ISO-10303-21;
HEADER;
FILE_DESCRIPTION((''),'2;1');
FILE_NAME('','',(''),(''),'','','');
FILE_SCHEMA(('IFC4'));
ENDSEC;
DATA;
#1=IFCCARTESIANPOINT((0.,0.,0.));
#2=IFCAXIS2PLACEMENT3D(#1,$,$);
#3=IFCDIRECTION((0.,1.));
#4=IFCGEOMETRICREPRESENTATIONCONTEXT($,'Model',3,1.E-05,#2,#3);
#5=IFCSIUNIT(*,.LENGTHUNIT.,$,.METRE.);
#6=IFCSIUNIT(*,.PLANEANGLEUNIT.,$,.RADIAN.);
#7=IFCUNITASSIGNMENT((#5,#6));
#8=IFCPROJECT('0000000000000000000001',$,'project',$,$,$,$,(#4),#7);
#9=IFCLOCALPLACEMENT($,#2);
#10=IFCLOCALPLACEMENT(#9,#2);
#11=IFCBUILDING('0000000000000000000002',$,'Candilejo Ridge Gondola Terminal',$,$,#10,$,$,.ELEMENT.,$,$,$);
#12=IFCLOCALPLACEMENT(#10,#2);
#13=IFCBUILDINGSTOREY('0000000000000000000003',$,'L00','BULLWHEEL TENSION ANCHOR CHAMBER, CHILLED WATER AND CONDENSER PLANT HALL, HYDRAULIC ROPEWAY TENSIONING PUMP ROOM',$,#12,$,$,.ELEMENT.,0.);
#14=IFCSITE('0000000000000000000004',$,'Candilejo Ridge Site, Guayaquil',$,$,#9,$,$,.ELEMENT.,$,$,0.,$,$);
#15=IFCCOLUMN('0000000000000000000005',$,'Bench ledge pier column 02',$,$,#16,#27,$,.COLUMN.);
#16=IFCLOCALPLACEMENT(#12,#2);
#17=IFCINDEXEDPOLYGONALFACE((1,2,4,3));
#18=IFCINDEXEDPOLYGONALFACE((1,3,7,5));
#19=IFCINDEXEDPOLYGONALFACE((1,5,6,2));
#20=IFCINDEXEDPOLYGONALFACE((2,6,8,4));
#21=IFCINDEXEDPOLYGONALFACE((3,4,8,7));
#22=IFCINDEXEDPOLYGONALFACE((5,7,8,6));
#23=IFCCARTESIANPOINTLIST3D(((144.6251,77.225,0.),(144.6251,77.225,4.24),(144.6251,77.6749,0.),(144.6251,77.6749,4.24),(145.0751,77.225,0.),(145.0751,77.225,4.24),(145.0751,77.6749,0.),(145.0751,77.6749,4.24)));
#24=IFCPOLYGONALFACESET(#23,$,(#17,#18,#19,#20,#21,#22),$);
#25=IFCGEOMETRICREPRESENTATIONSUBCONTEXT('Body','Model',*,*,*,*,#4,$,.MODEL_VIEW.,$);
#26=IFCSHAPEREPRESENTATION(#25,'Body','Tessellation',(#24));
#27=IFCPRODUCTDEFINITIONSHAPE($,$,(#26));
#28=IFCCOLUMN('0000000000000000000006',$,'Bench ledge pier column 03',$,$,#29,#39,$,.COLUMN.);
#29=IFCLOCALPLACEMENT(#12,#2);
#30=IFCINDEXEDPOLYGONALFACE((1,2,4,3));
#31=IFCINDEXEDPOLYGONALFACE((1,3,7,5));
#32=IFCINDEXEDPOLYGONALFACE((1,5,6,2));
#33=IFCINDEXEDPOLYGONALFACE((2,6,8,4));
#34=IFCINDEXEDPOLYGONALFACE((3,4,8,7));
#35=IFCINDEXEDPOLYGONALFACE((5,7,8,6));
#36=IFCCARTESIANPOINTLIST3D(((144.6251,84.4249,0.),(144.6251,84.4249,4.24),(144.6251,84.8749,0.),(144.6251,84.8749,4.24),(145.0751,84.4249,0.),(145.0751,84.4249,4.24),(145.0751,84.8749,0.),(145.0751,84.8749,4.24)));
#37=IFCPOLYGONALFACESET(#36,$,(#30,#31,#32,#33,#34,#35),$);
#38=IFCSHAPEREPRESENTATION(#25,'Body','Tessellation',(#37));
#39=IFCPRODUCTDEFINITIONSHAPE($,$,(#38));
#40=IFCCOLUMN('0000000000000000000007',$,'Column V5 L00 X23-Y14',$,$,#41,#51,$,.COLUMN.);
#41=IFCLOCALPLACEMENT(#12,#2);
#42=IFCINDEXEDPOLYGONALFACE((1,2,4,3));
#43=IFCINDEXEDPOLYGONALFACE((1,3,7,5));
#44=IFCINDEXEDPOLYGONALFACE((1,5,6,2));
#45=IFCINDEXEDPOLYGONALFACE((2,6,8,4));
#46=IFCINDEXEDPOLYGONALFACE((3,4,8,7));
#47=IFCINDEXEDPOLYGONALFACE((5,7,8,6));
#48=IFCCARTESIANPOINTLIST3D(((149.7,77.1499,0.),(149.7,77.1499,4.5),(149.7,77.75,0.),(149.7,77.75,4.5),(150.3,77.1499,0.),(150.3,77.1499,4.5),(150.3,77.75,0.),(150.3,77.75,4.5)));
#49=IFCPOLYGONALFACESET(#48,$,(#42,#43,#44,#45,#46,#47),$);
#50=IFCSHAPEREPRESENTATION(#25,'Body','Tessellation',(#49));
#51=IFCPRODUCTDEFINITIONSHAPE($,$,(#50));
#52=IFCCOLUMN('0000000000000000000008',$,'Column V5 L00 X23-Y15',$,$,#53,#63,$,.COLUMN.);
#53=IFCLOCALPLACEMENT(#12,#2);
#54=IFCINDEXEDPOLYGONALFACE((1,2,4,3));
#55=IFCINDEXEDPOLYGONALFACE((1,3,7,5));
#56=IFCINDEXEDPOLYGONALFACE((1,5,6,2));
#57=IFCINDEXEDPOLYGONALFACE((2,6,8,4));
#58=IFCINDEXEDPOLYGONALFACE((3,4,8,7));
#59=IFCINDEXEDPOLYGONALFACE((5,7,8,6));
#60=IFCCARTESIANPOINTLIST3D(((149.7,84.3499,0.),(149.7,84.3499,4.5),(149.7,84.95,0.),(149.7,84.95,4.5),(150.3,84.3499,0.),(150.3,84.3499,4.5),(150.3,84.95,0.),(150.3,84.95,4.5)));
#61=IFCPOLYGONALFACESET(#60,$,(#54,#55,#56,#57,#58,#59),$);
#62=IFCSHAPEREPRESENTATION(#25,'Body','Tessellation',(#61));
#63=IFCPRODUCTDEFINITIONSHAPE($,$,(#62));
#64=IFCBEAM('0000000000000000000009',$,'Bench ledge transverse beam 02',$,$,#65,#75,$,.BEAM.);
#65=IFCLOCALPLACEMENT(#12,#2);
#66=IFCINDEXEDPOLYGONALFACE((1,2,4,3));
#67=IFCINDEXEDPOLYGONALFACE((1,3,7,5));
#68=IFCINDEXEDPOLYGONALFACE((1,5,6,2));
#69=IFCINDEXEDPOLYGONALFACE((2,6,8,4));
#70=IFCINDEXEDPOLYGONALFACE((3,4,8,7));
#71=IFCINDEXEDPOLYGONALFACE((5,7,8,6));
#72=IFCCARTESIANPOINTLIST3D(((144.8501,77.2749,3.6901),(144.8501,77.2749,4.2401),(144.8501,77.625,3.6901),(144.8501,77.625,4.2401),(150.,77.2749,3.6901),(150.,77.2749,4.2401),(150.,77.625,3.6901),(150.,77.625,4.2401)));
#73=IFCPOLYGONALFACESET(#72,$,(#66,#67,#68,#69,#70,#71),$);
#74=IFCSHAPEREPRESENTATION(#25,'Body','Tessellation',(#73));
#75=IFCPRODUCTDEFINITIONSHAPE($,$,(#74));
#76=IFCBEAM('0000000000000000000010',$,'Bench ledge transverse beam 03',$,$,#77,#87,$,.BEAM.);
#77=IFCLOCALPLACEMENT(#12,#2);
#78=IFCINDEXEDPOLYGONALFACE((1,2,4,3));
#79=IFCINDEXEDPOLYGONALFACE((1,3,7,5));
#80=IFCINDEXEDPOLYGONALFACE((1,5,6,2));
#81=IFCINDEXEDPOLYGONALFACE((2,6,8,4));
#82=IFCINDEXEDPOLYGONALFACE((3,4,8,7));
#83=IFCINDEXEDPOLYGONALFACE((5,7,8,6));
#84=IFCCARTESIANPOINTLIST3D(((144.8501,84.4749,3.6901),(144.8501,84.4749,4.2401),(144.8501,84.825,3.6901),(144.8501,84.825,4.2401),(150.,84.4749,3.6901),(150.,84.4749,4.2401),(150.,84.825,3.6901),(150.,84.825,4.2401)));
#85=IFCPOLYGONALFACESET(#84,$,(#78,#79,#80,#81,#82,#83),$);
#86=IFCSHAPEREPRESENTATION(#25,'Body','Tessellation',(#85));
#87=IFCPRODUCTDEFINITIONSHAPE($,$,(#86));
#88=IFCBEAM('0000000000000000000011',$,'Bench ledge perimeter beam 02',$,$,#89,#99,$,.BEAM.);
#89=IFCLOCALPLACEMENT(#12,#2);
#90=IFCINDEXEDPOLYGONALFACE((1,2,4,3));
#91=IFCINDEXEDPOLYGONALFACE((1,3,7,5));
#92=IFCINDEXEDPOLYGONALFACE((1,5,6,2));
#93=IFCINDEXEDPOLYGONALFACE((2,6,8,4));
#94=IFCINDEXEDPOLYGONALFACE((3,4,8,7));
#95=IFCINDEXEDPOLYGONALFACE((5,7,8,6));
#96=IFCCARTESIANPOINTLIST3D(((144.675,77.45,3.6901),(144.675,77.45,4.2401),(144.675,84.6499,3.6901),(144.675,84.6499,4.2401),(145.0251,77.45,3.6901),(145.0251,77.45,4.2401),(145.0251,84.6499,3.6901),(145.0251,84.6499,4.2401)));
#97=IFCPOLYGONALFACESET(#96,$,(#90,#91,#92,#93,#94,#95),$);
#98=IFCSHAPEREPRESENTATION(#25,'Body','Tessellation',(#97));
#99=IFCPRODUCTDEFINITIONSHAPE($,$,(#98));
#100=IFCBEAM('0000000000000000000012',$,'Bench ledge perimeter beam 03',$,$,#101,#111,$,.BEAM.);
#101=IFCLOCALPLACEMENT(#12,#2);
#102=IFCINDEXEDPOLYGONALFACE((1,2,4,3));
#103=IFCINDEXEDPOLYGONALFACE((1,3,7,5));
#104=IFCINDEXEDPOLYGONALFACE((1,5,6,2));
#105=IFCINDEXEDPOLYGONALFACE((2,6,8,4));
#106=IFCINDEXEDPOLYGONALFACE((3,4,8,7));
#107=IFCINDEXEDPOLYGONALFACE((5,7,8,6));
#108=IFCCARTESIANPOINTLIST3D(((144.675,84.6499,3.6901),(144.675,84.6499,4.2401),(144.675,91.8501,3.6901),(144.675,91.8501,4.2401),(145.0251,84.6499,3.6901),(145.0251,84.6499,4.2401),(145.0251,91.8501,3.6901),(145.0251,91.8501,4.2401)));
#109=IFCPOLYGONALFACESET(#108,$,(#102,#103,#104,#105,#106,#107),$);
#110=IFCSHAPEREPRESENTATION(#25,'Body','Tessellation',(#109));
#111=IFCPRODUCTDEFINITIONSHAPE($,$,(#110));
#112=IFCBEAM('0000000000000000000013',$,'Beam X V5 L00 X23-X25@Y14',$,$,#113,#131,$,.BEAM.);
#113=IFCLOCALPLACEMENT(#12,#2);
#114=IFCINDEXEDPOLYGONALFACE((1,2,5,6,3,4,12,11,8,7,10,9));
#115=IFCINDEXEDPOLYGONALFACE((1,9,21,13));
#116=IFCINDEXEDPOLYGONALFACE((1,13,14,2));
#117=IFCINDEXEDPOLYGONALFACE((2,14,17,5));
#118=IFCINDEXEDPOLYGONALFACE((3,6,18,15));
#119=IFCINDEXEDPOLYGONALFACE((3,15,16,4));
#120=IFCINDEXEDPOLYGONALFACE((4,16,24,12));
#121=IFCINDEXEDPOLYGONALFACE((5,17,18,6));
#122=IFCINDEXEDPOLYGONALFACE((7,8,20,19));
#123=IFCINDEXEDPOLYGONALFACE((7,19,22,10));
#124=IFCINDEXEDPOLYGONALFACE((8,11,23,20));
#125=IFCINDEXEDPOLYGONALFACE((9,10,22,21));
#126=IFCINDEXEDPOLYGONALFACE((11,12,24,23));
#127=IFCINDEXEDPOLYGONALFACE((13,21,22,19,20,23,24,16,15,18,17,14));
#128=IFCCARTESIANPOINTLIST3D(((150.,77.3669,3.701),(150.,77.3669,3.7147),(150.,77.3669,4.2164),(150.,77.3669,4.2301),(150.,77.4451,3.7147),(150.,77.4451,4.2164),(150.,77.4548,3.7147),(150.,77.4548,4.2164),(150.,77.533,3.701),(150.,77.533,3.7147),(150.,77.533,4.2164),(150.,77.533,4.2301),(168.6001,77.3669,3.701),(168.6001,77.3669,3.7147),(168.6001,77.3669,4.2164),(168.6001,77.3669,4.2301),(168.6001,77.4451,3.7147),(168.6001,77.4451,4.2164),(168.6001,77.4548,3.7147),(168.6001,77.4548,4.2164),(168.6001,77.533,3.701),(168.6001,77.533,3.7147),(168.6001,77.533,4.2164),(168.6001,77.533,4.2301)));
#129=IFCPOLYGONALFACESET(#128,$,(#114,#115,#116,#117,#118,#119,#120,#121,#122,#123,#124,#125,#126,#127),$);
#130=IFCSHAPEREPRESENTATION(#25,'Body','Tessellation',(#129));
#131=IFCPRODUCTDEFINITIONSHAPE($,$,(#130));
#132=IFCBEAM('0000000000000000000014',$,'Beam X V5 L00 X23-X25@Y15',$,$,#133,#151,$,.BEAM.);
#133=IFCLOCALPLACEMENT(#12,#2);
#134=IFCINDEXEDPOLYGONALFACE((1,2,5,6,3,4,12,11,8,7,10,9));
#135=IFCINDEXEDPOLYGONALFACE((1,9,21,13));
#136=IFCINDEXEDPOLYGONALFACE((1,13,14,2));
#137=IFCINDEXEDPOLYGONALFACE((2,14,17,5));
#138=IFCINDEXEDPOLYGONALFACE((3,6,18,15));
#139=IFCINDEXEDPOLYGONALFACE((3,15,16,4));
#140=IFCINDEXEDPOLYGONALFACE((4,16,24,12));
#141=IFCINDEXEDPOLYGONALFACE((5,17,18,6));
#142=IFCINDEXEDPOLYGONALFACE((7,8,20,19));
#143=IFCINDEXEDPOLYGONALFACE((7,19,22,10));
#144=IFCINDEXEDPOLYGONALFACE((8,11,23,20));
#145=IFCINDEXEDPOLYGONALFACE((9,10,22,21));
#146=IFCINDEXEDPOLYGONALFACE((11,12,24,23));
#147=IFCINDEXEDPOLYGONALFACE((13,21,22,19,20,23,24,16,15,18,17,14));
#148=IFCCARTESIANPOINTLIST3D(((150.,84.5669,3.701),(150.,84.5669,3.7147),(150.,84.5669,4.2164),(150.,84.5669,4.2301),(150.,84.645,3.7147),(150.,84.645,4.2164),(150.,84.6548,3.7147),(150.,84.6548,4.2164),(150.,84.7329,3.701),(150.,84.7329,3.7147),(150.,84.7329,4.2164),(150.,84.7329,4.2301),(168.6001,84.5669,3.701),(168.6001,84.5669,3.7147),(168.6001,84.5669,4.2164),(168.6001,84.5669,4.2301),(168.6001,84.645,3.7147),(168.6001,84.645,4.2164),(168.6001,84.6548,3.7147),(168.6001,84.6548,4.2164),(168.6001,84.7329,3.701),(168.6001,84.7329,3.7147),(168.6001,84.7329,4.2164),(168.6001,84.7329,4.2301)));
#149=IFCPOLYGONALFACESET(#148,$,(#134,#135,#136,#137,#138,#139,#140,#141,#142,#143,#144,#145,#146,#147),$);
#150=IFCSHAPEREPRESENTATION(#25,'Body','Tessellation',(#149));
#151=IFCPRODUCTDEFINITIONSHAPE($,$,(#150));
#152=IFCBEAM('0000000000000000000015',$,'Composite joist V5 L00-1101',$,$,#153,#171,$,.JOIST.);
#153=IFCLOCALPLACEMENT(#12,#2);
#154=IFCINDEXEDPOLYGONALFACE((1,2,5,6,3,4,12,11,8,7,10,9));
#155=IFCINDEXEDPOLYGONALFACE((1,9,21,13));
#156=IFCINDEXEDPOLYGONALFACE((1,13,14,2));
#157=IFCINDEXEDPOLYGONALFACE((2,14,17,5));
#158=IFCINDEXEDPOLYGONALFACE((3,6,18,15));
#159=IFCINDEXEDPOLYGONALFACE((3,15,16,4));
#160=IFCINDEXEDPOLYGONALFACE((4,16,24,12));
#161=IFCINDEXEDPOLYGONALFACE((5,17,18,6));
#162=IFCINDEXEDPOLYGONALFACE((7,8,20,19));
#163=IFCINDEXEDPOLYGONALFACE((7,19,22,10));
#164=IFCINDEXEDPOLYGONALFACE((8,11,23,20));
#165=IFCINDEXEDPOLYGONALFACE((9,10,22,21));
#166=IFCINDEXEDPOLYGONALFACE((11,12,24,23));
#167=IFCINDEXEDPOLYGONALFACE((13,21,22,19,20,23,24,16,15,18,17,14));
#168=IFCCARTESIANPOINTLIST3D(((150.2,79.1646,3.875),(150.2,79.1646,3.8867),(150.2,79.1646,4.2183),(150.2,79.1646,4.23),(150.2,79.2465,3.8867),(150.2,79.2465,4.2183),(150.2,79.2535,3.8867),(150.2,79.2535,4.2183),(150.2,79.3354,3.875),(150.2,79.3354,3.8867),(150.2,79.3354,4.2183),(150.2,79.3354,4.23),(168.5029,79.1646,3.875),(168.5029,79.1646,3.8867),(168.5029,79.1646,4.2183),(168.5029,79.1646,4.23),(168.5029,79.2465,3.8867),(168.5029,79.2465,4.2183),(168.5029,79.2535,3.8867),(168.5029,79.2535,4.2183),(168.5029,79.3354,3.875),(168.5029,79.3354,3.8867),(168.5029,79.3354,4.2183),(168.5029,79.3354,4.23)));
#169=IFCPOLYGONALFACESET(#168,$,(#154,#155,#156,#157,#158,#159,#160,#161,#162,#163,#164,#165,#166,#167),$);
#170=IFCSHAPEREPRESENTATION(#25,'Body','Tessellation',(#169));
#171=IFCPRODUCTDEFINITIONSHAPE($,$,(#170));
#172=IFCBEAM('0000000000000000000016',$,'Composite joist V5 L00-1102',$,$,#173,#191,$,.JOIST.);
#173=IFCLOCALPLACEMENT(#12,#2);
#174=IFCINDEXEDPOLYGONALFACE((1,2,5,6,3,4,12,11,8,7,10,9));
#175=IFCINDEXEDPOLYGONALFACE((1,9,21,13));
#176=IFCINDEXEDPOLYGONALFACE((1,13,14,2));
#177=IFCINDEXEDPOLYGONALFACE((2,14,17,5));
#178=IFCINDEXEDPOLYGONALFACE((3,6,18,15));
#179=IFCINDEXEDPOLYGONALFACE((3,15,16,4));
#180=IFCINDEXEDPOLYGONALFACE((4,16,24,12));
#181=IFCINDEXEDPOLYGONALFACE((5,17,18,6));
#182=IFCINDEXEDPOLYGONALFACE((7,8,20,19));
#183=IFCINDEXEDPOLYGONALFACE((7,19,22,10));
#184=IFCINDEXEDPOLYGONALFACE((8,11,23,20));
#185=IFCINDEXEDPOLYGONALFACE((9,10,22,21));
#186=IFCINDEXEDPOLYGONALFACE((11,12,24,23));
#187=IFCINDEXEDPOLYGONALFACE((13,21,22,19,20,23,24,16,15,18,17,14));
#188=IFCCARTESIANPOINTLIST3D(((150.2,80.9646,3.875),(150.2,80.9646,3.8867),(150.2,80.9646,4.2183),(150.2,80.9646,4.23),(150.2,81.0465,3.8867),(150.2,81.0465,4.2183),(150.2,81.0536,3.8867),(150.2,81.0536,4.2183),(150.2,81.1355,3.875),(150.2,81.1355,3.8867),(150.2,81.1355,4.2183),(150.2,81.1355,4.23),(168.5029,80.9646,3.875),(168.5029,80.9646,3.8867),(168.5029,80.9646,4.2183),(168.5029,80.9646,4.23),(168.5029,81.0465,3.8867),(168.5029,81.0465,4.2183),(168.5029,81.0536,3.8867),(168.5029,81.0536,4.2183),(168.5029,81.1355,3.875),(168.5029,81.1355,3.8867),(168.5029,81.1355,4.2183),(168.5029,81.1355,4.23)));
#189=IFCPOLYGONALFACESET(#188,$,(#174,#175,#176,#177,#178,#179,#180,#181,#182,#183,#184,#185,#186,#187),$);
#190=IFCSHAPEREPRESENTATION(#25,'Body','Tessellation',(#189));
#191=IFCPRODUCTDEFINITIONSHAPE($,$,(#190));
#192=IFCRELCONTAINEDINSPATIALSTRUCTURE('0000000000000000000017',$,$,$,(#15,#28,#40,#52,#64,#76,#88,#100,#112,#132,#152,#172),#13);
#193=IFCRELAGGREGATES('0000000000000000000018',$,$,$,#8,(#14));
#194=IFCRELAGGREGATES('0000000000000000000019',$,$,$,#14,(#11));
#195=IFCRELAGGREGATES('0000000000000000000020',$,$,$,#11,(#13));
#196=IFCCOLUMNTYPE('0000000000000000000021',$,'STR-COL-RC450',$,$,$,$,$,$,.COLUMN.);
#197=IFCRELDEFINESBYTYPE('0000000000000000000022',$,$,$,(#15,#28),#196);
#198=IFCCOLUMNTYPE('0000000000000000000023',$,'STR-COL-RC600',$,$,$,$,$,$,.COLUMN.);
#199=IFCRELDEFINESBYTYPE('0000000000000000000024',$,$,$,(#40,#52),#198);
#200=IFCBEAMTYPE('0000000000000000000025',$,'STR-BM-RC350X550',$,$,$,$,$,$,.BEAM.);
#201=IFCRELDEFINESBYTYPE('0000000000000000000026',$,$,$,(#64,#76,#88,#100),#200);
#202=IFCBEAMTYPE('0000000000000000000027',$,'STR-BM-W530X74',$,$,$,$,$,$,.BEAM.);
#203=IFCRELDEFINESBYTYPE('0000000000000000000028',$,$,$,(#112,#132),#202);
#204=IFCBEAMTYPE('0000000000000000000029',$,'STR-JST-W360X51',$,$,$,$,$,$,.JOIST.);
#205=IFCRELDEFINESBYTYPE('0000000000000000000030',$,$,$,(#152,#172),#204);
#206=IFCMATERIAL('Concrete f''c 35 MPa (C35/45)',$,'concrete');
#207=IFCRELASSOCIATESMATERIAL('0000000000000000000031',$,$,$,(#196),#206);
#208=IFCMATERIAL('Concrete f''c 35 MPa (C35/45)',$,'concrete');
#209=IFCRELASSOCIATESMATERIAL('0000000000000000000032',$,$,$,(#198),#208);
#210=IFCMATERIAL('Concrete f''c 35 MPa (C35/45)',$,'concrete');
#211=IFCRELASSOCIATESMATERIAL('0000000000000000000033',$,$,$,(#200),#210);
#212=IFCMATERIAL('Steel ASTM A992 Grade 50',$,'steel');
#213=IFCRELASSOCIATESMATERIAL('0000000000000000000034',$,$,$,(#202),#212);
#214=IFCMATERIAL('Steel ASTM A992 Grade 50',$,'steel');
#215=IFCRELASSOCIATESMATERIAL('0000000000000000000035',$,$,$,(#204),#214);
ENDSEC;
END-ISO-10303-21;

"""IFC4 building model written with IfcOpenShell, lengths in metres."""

from ifc_helpers import new_model, si_unit, direction, frame, origin, origin_2d, place, context, subcontext, project, spatial, rectangle, i_section, extrude, material, material_profile, profile_set, type_object, element, save


model = new_model("IFC4")

# Units and contexts
model_context = context("Model", 3, precision=1e-05, world=origin(), true_north=direction((0.0, 1.0)))
body_context = subcontext(model_context, "Body", "Model", "MODEL_VIEW")
ifc_project = project(units=[si_unit("LENGTHUNIT", "METRE"), si_unit("PLANEANGLEUNIT", "RADIAN")], contexts=[model_context])

# Site, building, storey
site_placement = place(None, origin())
site = spatial("IfcSite", under=ifc_project, at=site_placement, Name="Candilejo Ridge Site, Guayaquil", CompositionType="ELEMENT", RefElevation=0.0)
building_placement = place(site_placement, origin())
building = spatial("IfcBuilding", under=site, at=building_placement, Name="Candilejo Ridge Gondola Terminal", CompositionType="ELEMENT")
storey_placement = place(building_placement, origin())
storey = spatial("IfcBuildingStorey", under=building, at=storey_placement, Name="L00", Description="BULLWHEEL TENSION ANCHOR CHAMBER, CHILLED WATER AND CONDENSER PLANT HALL, HYDRAULIC ROPEWAY TENSIONING PUMP ROOM", CompositionType="ELEMENT", Elevation=0.0)

# Columns
ifc_material_1 = material(Name="Concrete f'c 35 MPa (C35/45)", Category="concrete")
ifc_material_profile_1 = material_profile(ifc_material_1, rectangle(XDim=0.45, YDim=0.45, at=origin_2d()))
ifc_profile_set_1 = profile_set([ifc_material_profile_1], Name="Concrete f'c 35 MPa (C35/45)")
column_type_1 = type_object("IfcColumnType", Name="STR-COL-RC450", PredefinedType="COLUMN", material=ifc_profile_set_1)
for number, where, z_axis, x_axis, name in (
    (1, (144.8501, 77.45, 0.0), (0.0, 0.0, 1.0), (1.0, 0.0, 0.0), "Bench ledge pier column 02"),
    (2, (144.8501, 84.6499, 0.0), (0.0, 0.0, 1.0), (1.0, 0.0, 0.0), "Bench ledge pier column 03"),
):
    element("IfcColumn", number, at=place(storey_placement, frame(where, z_axis=z_axis, x_axis=x_axis)), inside=storey, type_object=column_type_1, Name=name, PredefinedType="COLUMN", context=body_context, shape_type="SweptSolid", body=[
        extrude(rectangle(XDim=0.45, YDim=0.45, at=origin_2d()), origin(), (0.0, 0.0, 1.0), 4.24),
    ])
ifc_material_2 = material(Name="Concrete f'c 35 MPa (C35/45)", Category="concrete")
ifc_material_profile_2 = material_profile(ifc_material_2, rectangle(XDim=0.6001, YDim=0.6001, at=origin_2d()))
ifc_profile_set_2 = profile_set([ifc_material_profile_2], Name="Concrete f'c 35 MPa (C35/45)")
column_type_2 = type_object("IfcColumnType", Name="STR-COL-RC600", PredefinedType="COLUMN", material=ifc_profile_set_2)
for number, where, z_axis, x_axis, name in (
    (3, (150.0, 77.45, 0.0), (0.0, 0.0, 1.0), (1.0, 0.0, 0.0), "Column V5 L00 X23-Y14"),
    (4, (150.0, 84.6499, 0.0), (0.0, 0.0, 1.0), (1.0, 0.0, 0.0), "Column V5 L00 X23-Y15"),
):
    element("IfcColumn", number, at=place(storey_placement, frame(where, z_axis=z_axis, x_axis=x_axis)), inside=storey, type_object=column_type_2, Name=name, PredefinedType="COLUMN", context=body_context, shape_type="SweptSolid", body=[
        extrude(rectangle(XDim=0.6001, YDim=0.6001, at=origin_2d()), origin(), (0.0, 0.0, 1.0), 4.5),
    ])

# Beams
ifc_material_3 = material(Name="Concrete f'c 35 MPa (C35/45)", Category="concrete")
ifc_material_profile_3 = material_profile(ifc_material_3, rectangle(XDim=0.3501, YDim=0.55, at=origin_2d()))
ifc_profile_set_3 = profile_set([ifc_material_profile_3], Name="Concrete f'c 35 MPa (C35/45)")
beam_type_1 = type_object("IfcBeamType", Name="STR-BM-RC350X550", PredefinedType="BEAM", material=ifc_profile_set_3)
for number, where, z_axis, x_axis, name in (
    (5, (144.8501, 77.45, 3.9651), (1.0, 0.0, 0.0), (0.0, 1.0, 0.0), "Bench ledge transverse beam 02"),
    (6, (144.8501, 84.6499, 3.9651), (1.0, 0.0, 0.0), (0.0, 1.0, 0.0), "Bench ledge transverse beam 03"),
):
    element("IfcBeam", number, at=place(storey_placement, frame(where, z_axis=z_axis, x_axis=x_axis)), inside=storey, type_object=beam_type_1, Name=name, PredefinedType="BEAM", context=body_context, shape_type="SweptSolid", body=[
        extrude(rectangle(XDim=0.3501, YDim=0.55, at=origin_2d()), origin(), (0.0, 0.0, 1.0), 5.1499),
    ])
beam_1_placement = place(storey_placement, frame((144.8501, 77.45, 3.9651), z_axis=(0.0, 1.0, 0.0), x_axis=(-1.0, 0.0, 0.0)))
element("IfcBeam", 7, at=beam_1_placement, inside=storey, type_object=beam_type_1, Name="Bench ledge perimeter beam 02", PredefinedType="BEAM", context=body_context, shape_type="SweptSolid", body=[
    extrude(rectangle(XDim=0.3501, YDim=0.55, at=origin_2d()), origin(), (0.0, 0.0, 1.0), 7.2),
])
beam_2_placement = place(storey_placement, frame((144.8501, 84.6499, 3.9651), z_axis=(0.0, 1.0, 0.0), x_axis=(-1.0, 0.0, 0.0)))
element("IfcBeam", 8, at=beam_2_placement, inside=storey, type_object=beam_type_1, Name="Bench ledge perimeter beam 03", PredefinedType="BEAM", context=body_context, shape_type="SweptSolid", body=[
    extrude(rectangle(XDim=0.3501, YDim=0.55, at=origin_2d()), origin(), (0.0, 0.0, 1.0), 7.2002),
])
ifc_material_4 = material(Name="Steel ASTM A992 Grade 50", Category="steel")
ifc_material_profile_4 = material_profile(ifc_material_4, i_section(OverallWidth=0.166, OverallDepth=0.5291, WebThickness=0.0098, FlangeThickness=0.0137, at=origin_2d()))
ifc_profile_set_4 = profile_set([ifc_material_profile_4], Name="Steel ASTM A992 Grade 50")
beam_type_2 = type_object("IfcBeamType", Name="STR-BM-W530X74", PredefinedType="BEAM", material=ifc_profile_set_4)
for number, where, z_axis, x_axis, name in (
    (9, (150.0, 77.45, 3.9656), (1.0, 0.0, 0.0), (0.0, 1.0, 0.0), "Beam X V5 L00 X23-X25@Y14"),
    (10, (150.0, 84.6499, 3.9656), (1.0, 0.0, 0.0), (0.0, 1.0, 0.0), "Beam X V5 L00 X23-X25@Y15"),
):
    element("IfcBeam", number, at=place(storey_placement, frame(where, z_axis=z_axis, x_axis=x_axis)), inside=storey, type_object=beam_type_2, Name=name, PredefinedType="BEAM", context=body_context, shape_type="SweptSolid", body=[
        extrude(i_section(OverallWidth=0.166, OverallDepth=0.5291, WebThickness=0.0098, FlangeThickness=0.0137, at=origin_2d()), origin(), (0.0, 0.0, 1.0), 18.6001),
    ])
ifc_material_5 = material(Name="Steel ASTM A992 Grade 50", Category="steel")
ifc_material_profile_5 = material_profile(ifc_material_5, i_section(OverallWidth=0.1709, OverallDepth=0.355, WebThickness=0.0071, FlangeThickness=0.0117, at=origin_2d()))
ifc_profile_set_5 = profile_set([ifc_material_profile_5], Name="Steel ASTM A992 Grade 50")
beam_type_3 = type_object("IfcBeamType", Name="STR-JST-W360X51", PredefinedType="JOIST", material=ifc_profile_set_5)
for number, where, z_axis, x_axis, name in (
    (11, (150.2, 79.25, 4.0525), (1.0, 0.0, 0.0), (0.0, 1.0, 0.0), "Composite joist V5 L00-1101"),
    (12, (150.2, 81.05, 4.0525), (1.0, 0.0, 0.0), (0.0, 1.0, 0.0), "Composite joist V5 L00-1102"),
):
    element("IfcBeam", number, at=place(storey_placement, frame(where, z_axis=z_axis, x_axis=x_axis)), inside=storey, type_object=beam_type_3, Name=name, PredefinedType="JOIST", context=body_context, shape_type="SweptSolid", body=[
        extrude(i_section(OverallWidth=0.1709, OverallDepth=0.355, WebThickness=0.0071, FlangeThickness=0.0117, at=origin_2d()), origin(), (0.0, 0.0, 1.0), 18.303),
    ])

save(model, "model.ifc")
